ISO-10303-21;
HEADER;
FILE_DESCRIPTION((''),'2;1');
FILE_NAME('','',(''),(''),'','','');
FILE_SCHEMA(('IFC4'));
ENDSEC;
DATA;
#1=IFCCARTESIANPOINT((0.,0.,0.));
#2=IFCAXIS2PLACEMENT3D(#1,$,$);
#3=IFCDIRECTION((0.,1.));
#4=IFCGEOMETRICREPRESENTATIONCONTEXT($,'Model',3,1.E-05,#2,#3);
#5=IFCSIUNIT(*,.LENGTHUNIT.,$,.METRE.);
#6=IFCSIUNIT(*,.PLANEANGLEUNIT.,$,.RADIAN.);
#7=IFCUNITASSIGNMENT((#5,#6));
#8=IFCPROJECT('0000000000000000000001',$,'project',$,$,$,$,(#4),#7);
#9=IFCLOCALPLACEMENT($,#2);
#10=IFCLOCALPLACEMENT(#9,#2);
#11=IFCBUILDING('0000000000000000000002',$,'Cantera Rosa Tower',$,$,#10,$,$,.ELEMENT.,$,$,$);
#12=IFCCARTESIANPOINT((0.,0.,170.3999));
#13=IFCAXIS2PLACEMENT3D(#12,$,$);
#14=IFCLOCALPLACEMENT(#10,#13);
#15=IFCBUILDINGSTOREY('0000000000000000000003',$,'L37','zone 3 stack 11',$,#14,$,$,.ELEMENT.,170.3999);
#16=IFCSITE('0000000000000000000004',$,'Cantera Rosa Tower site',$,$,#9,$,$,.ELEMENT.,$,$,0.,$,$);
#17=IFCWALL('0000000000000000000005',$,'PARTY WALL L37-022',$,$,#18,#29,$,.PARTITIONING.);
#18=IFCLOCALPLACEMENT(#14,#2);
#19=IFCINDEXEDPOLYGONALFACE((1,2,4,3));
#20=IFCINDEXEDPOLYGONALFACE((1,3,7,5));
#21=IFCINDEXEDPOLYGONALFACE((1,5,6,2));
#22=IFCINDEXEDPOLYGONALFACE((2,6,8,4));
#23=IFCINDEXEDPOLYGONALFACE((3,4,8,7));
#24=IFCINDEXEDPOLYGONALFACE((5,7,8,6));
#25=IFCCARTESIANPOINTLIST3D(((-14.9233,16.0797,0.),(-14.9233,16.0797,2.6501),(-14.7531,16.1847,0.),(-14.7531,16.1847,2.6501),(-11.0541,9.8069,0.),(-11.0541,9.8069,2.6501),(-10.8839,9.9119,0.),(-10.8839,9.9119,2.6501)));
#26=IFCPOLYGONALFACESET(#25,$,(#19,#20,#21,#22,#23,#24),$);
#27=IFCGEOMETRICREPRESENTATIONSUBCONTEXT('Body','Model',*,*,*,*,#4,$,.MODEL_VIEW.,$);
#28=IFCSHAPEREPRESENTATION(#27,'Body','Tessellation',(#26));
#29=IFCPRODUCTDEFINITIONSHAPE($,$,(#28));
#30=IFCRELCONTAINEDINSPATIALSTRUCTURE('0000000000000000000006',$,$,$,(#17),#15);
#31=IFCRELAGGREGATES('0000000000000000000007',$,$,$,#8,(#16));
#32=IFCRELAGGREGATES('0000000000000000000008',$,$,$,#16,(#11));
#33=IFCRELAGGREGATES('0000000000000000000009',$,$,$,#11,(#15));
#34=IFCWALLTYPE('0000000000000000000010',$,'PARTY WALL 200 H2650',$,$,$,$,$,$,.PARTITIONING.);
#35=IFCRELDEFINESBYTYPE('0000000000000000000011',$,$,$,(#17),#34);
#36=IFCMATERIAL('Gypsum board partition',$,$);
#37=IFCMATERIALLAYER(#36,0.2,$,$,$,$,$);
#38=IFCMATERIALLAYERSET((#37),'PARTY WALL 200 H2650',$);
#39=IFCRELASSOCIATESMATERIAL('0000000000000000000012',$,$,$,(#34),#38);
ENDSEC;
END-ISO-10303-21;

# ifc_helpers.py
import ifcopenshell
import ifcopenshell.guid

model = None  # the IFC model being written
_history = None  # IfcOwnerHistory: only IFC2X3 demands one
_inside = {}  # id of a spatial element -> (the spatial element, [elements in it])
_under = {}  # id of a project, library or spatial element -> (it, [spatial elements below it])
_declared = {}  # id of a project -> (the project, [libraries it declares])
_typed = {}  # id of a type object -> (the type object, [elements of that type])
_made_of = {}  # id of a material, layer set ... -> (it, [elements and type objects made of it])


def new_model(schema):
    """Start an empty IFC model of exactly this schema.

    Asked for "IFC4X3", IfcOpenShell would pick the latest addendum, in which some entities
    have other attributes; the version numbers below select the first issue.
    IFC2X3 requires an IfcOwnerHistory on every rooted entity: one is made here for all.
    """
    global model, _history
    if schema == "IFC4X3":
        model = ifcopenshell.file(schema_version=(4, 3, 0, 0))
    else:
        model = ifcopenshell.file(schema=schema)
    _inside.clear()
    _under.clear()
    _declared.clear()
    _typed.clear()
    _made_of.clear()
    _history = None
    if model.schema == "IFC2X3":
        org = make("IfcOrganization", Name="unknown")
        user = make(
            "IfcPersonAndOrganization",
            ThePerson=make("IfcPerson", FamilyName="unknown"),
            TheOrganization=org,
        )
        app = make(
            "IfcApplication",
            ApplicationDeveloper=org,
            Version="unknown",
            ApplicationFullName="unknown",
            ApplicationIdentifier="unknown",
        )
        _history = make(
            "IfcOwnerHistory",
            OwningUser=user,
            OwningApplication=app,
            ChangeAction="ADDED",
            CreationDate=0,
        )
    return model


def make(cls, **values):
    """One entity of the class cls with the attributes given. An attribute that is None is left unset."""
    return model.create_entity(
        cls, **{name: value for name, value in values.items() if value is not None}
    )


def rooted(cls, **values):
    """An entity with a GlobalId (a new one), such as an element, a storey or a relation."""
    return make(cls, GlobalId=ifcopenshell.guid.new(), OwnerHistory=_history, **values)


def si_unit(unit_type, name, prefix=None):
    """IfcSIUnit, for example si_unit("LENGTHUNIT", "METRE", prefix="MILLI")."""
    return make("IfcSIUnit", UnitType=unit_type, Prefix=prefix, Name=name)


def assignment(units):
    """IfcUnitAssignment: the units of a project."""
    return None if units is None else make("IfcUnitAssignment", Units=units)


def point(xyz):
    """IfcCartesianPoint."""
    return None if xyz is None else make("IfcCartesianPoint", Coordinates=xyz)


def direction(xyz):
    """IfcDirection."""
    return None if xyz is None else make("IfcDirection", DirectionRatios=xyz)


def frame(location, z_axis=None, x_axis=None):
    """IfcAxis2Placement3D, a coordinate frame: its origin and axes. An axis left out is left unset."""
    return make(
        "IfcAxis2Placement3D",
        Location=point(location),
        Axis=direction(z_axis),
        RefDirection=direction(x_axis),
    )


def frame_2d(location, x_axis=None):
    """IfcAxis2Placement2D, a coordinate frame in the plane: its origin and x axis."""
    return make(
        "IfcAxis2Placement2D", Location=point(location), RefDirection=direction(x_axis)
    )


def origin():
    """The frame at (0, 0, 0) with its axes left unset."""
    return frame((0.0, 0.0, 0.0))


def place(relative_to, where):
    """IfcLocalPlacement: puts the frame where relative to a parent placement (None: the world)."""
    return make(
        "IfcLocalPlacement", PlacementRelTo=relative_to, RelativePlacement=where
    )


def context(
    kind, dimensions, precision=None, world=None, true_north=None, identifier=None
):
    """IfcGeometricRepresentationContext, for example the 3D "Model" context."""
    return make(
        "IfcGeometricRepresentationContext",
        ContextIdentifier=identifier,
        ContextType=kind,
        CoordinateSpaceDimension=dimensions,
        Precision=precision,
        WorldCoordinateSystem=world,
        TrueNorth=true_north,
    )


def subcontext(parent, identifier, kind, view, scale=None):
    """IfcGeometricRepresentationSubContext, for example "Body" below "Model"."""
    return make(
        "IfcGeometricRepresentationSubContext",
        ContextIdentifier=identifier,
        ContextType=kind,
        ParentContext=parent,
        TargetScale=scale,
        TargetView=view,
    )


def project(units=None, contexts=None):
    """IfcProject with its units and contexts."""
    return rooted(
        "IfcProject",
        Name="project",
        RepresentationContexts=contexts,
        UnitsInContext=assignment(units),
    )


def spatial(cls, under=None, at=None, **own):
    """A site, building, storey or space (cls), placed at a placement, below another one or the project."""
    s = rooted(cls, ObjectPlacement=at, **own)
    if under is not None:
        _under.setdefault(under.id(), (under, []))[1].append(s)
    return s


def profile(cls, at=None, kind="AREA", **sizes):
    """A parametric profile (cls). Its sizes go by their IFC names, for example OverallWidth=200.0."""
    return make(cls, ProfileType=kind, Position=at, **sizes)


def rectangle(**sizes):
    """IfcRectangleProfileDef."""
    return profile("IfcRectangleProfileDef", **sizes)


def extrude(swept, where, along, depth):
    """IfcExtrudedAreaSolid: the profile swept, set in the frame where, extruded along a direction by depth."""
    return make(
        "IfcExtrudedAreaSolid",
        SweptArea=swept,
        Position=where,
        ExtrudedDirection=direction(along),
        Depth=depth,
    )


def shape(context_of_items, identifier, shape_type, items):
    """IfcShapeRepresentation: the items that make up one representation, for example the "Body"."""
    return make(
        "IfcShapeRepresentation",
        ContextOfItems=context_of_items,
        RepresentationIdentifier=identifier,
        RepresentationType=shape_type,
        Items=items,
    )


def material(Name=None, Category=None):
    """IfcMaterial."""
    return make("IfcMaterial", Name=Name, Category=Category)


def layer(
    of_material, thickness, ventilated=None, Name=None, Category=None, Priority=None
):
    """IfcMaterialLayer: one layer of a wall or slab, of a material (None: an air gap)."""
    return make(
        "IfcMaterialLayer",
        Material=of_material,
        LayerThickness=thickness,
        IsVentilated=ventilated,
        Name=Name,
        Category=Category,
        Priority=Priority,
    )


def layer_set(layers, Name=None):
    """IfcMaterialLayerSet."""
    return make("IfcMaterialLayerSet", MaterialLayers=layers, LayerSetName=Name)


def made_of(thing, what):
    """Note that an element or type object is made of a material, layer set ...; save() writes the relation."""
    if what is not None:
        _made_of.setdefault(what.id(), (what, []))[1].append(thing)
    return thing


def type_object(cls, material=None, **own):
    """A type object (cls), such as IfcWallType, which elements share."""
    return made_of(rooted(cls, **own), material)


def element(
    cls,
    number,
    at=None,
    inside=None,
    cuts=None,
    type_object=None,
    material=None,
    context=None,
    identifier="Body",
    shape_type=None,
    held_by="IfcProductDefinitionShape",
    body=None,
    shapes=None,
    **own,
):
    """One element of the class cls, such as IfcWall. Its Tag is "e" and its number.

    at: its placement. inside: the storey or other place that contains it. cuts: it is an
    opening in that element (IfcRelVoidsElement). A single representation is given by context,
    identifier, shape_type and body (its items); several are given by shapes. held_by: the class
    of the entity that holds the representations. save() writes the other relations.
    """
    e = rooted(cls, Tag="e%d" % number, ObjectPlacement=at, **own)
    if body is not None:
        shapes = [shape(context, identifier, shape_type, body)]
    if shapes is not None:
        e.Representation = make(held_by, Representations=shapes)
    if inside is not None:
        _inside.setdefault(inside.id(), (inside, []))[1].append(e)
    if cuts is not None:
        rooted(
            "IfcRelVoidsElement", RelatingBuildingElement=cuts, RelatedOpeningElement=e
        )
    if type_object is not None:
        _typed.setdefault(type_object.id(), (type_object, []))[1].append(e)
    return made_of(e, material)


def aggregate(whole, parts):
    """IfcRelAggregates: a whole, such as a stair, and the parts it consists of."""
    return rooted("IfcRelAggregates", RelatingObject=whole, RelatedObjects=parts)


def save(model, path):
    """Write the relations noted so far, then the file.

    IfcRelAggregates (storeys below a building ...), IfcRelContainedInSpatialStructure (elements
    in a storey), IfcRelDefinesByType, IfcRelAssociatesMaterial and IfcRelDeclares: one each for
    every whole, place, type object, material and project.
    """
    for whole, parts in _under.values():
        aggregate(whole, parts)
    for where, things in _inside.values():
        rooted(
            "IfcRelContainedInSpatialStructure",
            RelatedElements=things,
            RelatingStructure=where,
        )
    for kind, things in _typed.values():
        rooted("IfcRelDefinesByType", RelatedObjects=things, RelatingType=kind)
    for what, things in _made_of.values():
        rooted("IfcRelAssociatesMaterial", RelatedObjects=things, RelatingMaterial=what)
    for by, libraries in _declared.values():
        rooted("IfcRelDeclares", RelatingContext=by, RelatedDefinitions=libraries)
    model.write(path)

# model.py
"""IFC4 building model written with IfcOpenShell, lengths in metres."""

from ifc_helpers import new_model, si_unit, direction, frame, frame_2d, origin, place, context, subcontext, project, spatial, rectangle, extrude, material, layer, layer_set, type_object, element, save


model = new_model("IFC4")

# Units and contexts
model_context = context("Model", 3, precision=1e-05, world=origin(), true_north=direction((0.0, 1.0)))
body_context = subcontext(model_context, "Body", "Model", "MODEL_VIEW")
ifc_project = project(units=[si_unit("LENGTHUNIT", "METRE"), si_unit("PLANEANGLEUNIT", "RADIAN")], contexts=[model_context])

# Site, building, storey
site_placement = place(None, origin())
site = spatial("IfcSite", under=ifc_project, at=site_placement, Name="Cantera Rosa Tower site", CompositionType="ELEMENT", RefElevation=0.0)
building_placement = place(site_placement, origin())
building = spatial("IfcBuilding", under=site, at=building_placement, Name="Cantera Rosa Tower", CompositionType="ELEMENT")
storey_placement = place(building_placement, frame((0.0, 0.0, 170.3999)))
storey = spatial("IfcBuildingStorey", under=building, at=storey_placement, Name="L37", Description="zone 3 stack 11", CompositionType="ELEMENT", Elevation=170.3999)

# Wall
ifc_material_1 = material(Name="Gypsum board partition")
ifc_layer_1 = layer(ifc_material_1, 0.2)
ifc_layer_set_1 = layer_set([ifc_layer_1], Name="PARTY WALL 200 H2650")
wall_type_1 = type_object("IfcWallType", Name="PARTY WALL 200 H2650", PredefinedType="PARTITIONING", material=ifc_layer_set_1)
for number, where, z_axis, x_axis, name in (
    (1, (-10.969, 9.8594, 0.0), (0.0, 0.0, 1.0), (-0.524984, 0.851112, 0.0), "PARTY WALL L37-022"),
):
    element("IfcWall", number, at=place(storey_placement, frame(where, z_axis=z_axis, x_axis=x_axis)), inside=storey, type_object=wall_type_1, Name=name, PredefinedType="PARTITIONING", context=body_context, shape_type="SweptSolid", body=[
        extrude(rectangle(XDim=7.3701, YDim=0.2, at=frame_2d((3.6851, 0.0))), origin(), (0.0, 0.0, 1.0), 2.6501),
    ])

save(model, "model.ifc")
